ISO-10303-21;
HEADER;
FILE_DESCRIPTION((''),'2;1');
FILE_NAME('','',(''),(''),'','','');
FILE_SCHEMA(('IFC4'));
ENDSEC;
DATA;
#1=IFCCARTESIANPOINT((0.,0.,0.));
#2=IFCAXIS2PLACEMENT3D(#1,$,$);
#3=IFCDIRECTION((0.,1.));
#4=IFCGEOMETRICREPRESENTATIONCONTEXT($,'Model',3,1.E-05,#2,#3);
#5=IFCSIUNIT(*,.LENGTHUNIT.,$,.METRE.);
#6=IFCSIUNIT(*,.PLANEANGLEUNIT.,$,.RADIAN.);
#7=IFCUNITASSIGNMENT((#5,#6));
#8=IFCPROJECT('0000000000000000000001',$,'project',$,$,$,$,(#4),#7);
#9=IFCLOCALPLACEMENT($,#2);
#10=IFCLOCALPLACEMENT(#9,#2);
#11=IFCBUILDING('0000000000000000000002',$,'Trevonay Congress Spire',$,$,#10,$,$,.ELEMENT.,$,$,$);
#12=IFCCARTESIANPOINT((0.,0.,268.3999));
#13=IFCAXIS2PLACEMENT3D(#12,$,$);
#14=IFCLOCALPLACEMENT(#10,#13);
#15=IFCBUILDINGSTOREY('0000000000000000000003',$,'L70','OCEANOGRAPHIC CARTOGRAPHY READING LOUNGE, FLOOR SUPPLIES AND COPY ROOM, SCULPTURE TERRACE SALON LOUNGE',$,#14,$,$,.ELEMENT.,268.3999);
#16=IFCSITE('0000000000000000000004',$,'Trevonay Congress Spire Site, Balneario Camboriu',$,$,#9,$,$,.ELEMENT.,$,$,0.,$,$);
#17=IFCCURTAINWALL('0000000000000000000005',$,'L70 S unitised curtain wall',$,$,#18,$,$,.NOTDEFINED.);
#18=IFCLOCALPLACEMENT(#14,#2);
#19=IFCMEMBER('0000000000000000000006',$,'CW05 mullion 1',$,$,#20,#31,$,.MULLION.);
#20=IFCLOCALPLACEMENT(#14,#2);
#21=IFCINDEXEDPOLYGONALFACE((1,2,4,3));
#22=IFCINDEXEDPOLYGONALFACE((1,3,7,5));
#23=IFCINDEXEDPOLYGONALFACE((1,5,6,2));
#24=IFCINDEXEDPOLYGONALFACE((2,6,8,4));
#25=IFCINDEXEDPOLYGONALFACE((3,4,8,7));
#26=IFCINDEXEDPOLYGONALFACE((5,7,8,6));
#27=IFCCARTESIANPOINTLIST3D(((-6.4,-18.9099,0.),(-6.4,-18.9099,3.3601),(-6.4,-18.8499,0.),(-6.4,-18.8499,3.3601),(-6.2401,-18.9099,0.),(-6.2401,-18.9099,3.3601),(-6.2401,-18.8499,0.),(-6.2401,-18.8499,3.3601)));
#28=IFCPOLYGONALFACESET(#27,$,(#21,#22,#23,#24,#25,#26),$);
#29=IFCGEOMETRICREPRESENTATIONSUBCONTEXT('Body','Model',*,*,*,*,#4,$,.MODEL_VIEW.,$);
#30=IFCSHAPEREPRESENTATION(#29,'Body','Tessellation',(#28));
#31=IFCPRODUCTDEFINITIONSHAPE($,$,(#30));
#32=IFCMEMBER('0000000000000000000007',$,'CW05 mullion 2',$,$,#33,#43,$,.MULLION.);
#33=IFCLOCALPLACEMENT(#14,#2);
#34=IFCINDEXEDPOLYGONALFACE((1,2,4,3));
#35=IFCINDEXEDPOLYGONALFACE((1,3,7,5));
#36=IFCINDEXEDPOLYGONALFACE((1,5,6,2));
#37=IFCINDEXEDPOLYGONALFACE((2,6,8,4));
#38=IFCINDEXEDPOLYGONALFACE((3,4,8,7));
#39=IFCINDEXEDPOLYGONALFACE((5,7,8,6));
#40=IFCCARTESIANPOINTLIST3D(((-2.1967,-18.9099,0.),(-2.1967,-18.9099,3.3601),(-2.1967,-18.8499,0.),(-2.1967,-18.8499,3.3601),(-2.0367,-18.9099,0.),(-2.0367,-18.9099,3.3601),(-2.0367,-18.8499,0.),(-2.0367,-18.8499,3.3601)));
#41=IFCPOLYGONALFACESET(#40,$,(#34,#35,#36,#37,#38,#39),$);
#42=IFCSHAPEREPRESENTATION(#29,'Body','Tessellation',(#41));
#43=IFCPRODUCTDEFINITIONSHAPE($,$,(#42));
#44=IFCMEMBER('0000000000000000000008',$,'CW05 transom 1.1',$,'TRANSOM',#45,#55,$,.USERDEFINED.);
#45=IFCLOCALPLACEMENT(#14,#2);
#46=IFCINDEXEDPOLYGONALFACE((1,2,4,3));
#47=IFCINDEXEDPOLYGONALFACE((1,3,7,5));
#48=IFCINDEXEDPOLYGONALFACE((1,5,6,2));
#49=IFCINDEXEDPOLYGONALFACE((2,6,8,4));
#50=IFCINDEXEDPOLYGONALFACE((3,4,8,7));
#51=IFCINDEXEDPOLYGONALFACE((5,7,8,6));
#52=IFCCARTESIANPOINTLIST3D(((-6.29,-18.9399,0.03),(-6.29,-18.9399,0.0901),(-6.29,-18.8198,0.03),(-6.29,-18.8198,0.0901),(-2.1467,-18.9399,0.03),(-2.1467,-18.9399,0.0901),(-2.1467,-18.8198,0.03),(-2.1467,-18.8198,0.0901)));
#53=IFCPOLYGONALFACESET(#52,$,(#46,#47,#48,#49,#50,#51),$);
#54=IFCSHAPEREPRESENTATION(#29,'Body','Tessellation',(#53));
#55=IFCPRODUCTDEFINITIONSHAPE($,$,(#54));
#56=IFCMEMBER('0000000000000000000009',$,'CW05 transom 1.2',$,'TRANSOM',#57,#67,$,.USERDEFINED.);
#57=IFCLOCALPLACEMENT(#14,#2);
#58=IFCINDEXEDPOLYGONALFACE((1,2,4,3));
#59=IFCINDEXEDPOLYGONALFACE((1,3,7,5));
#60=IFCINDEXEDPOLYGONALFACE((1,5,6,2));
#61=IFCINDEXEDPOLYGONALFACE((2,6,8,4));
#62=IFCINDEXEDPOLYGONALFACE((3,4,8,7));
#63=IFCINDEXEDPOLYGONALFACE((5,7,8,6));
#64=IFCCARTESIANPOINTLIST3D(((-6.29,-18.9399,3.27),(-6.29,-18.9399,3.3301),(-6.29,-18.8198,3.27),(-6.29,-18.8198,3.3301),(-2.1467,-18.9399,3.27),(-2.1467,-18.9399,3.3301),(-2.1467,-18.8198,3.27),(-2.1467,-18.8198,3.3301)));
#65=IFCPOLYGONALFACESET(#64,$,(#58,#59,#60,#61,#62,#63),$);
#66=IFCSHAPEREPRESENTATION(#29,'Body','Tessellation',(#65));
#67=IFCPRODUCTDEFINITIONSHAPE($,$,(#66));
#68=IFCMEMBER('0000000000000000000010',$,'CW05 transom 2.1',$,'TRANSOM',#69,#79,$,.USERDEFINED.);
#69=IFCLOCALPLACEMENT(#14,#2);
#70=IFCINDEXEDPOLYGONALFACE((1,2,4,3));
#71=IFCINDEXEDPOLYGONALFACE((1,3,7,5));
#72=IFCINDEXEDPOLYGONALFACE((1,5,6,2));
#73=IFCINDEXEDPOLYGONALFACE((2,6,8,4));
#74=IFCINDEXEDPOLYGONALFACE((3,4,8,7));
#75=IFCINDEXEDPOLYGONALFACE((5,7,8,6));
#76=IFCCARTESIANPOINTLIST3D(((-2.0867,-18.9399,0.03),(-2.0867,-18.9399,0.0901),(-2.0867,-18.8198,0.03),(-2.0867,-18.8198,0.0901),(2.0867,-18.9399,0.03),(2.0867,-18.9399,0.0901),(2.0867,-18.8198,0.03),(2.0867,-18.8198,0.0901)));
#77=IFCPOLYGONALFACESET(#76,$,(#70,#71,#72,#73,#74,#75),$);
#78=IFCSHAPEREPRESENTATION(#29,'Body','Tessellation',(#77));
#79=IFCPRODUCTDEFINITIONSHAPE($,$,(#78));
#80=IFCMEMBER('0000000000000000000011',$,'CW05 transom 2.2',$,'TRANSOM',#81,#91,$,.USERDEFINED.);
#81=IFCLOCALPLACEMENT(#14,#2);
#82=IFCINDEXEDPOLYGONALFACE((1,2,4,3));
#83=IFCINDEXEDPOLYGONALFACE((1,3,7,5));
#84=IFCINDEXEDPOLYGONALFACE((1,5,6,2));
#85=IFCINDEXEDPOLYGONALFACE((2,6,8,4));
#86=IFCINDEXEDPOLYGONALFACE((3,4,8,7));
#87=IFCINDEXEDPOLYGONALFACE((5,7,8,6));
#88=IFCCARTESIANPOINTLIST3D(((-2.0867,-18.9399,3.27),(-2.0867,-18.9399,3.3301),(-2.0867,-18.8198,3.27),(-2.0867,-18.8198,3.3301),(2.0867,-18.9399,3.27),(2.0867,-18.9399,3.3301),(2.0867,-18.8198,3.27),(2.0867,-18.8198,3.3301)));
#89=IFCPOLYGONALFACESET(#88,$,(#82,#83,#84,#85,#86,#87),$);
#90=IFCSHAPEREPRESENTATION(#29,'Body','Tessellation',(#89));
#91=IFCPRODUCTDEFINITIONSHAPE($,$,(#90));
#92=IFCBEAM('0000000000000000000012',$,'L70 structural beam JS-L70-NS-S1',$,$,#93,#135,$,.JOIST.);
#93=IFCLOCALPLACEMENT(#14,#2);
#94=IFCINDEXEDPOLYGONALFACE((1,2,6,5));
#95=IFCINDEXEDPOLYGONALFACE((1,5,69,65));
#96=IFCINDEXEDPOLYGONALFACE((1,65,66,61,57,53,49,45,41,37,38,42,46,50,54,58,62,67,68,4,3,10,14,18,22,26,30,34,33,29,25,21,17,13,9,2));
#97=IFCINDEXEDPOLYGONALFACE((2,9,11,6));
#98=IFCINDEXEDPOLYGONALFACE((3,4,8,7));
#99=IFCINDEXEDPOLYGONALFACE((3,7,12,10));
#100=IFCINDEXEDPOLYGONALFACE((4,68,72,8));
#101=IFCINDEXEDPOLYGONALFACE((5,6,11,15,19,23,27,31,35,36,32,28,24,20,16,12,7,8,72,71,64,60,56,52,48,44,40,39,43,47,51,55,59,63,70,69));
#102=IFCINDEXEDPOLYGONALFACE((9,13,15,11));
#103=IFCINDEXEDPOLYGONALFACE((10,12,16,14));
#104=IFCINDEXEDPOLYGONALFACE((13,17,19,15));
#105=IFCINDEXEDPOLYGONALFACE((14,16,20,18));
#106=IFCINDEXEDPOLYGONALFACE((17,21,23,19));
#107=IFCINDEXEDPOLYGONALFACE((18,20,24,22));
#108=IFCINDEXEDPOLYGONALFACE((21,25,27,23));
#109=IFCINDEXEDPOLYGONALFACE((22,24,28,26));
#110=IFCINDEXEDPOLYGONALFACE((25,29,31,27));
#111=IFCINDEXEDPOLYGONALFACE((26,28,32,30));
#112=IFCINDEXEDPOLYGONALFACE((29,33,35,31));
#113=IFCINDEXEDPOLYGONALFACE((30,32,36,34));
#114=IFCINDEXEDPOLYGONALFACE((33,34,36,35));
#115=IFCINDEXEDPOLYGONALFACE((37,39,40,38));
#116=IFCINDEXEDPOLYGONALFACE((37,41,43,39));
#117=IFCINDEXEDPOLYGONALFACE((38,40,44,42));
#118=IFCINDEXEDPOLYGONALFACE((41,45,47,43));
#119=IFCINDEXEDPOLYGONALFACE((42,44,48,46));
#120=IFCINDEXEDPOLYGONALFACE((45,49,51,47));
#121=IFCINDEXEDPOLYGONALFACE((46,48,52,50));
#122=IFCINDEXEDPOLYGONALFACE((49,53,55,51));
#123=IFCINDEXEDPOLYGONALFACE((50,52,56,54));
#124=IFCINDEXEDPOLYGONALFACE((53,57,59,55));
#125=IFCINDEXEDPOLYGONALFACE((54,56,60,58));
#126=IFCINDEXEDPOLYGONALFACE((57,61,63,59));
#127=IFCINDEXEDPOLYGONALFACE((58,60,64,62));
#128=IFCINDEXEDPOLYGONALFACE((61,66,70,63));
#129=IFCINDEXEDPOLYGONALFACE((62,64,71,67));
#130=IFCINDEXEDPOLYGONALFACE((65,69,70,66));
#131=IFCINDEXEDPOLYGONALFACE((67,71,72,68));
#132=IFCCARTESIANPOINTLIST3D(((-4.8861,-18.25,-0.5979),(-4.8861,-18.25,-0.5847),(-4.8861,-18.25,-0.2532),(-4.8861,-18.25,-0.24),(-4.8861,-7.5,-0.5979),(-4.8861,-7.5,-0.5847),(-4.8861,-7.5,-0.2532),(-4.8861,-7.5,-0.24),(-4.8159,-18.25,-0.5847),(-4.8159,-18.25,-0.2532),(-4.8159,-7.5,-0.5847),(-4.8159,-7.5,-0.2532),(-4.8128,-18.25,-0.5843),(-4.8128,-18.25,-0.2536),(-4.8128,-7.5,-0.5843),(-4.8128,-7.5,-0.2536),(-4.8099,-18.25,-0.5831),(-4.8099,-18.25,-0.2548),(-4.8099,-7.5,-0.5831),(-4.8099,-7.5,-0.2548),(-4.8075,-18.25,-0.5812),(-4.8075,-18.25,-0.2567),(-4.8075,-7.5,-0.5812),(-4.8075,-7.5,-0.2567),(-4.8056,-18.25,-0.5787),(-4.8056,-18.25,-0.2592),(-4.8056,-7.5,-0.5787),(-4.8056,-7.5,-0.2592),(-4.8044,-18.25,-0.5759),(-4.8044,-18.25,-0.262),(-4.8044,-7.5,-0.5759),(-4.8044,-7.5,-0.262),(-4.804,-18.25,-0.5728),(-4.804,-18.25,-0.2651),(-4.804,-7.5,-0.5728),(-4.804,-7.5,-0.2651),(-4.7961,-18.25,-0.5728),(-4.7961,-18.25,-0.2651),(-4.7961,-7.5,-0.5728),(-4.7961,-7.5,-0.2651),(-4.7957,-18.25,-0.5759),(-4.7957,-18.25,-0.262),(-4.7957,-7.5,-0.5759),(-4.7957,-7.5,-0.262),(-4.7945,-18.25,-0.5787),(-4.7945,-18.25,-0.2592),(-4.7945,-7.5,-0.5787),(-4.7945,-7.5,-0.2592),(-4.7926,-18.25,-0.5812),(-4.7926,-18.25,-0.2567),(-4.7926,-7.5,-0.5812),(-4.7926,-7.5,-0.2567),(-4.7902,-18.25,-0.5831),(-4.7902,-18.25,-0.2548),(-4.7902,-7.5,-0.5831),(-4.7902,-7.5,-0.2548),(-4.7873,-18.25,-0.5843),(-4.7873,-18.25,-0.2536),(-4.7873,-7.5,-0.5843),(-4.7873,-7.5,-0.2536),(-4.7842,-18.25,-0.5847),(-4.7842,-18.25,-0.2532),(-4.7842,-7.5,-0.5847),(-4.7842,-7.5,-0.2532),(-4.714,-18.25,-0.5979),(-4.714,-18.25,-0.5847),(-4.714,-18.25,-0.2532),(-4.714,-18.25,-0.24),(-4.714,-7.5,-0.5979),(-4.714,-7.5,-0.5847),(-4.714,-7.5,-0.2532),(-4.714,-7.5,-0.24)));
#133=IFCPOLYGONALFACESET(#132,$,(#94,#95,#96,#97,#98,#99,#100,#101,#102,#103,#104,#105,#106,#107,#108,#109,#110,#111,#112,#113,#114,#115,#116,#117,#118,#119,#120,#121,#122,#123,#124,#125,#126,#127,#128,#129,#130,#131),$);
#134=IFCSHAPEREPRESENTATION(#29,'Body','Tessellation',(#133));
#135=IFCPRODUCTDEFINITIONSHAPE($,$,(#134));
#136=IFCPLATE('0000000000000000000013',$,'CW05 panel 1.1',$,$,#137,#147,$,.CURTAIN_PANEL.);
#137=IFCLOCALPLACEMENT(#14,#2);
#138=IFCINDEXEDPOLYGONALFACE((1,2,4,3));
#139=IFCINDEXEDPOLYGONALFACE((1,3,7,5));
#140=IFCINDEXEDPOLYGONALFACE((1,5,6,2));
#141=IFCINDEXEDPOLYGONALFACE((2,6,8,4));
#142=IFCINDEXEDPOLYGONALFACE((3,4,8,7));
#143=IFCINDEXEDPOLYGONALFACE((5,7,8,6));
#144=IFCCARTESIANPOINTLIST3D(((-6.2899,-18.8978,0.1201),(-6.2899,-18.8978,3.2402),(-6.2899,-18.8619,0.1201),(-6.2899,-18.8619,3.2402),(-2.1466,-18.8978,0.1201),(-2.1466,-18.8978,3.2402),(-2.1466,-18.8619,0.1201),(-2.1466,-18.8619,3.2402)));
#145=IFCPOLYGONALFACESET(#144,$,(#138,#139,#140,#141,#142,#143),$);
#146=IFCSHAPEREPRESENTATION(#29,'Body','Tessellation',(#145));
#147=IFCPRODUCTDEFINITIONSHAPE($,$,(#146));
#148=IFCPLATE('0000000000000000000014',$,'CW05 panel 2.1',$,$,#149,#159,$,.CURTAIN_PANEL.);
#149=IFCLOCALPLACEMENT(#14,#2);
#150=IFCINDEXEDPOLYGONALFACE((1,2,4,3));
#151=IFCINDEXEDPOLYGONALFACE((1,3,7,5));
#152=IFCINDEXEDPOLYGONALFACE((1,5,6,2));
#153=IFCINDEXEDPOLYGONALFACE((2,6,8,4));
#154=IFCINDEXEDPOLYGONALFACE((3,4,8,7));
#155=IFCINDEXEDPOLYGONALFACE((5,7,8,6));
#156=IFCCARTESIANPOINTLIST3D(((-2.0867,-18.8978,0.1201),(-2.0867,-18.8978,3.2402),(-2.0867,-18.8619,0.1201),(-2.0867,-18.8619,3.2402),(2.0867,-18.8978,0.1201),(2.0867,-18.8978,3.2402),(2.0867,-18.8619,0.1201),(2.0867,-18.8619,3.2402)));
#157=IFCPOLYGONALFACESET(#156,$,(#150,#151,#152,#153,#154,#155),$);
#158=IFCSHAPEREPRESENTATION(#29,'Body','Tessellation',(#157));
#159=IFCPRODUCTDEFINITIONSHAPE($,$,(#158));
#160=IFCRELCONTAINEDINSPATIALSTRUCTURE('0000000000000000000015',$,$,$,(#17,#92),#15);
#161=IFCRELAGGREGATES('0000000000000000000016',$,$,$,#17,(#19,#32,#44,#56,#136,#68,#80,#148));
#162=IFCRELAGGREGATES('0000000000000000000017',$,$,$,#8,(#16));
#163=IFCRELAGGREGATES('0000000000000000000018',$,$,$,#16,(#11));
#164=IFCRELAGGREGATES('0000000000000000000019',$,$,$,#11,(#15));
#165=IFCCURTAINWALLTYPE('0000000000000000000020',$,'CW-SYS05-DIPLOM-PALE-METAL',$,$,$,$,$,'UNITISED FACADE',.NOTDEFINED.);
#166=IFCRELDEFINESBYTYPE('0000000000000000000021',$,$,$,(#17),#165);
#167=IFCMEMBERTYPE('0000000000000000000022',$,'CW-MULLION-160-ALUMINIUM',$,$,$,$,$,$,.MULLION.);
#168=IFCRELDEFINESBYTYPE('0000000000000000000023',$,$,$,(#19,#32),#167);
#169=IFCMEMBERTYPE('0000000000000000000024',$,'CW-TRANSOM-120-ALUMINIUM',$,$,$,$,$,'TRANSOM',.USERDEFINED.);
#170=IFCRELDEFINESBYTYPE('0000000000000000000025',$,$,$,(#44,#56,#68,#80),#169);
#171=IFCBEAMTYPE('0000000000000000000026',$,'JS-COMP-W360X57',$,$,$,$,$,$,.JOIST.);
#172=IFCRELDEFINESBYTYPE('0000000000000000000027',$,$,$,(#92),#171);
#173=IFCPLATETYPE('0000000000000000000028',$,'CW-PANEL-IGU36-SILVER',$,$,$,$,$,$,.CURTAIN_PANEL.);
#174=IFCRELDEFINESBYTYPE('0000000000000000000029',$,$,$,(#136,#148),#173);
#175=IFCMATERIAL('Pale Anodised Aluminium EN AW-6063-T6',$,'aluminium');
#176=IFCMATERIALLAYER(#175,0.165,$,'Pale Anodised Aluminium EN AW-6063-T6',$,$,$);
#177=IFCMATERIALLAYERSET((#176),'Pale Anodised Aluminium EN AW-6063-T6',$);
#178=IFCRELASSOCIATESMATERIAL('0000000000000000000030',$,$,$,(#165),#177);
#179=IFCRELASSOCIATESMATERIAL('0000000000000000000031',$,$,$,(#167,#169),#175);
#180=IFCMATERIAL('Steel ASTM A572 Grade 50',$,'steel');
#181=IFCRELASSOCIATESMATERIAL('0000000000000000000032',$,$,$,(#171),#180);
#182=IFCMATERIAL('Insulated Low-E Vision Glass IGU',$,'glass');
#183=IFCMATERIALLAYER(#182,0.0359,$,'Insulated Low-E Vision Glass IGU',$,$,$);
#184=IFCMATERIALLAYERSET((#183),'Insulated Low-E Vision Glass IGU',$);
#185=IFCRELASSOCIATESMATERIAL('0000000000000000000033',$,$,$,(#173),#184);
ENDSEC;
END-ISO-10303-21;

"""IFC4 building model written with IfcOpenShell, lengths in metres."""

from ifc_helpers import new_model, si_unit, direction, frame, origin, origin_2d, place, context, subcontext, project, spatial, rectangle, i_section, extrude, material, layer, layer_set, material_profile, profile_set, type_object, element, aggregate, save


model = new_model("IFC4")

# Units and contexts
model_context = context("Model", 3, precision=1e-05, world=origin(), true_north=direction((0.0, 1.0)))
body_context = subcontext(model_context, "Body", "Model", "MODEL_VIEW")
ifc_project = project(units=[si_unit("LENGTHUNIT", "METRE"), si_unit("PLANEANGLEUNIT", "RADIAN")], contexts=[model_context])

# Site, building, storey
site_placement = place(None, origin())
site = spatial("IfcSite", under=ifc_project, at=site_placement, Name="Trevonay Congress Spire Site, Balneario Camboriu", CompositionType="ELEMENT", RefElevation=0.0)
building_placement = place(site_placement, origin())
building = spatial("IfcBuilding", under=site, at=building_placement, Name="Trevonay Congress Spire", CompositionType="ELEMENT")
storey_placement = place(building_placement, frame((0.0, 0.0, 268.3999)))
storey = spatial("IfcBuildingStorey", under=building, at=storey_placement, Name="L70", Description="OCEANOGRAPHIC CARTOGRAPHY READING LOUNGE, FLOOR SUPPLIES AND COPY ROOM, SCULPTURE TERRACE SALON LOUNGE", CompositionType="ELEMENT", Elevation=268.3999)

# Shared definitions
ifc_material_1 = material(Name="Steel ASTM A572 Grade 50", Category="steel")

# Curtain wall, members
ifc_material_2 = material(Name="Pale Anodised Aluminium EN AW-6063-T6", Category="aluminium")
ifc_layer_1 = layer(ifc_material_2, 0.165, Name="Pale Anodised Aluminium EN AW-6063-T6")
ifc_layer_set_1 = layer_set([ifc_layer_1], Name="Pale Anodised Aluminium EN AW-6063-T6")
curtain_wall_type = type_object("IfcCurtainWallType", Name="CW-SYS05-DIPLOM-PALE-METAL", ElementType="UNITISED FACADE", PredefinedType="NOTDEFINED", material=ifc_layer_set_1)
curtain_wall_placement = place(storey_placement, origin())
curtain_wall = element("IfcCurtainWall", 1, at=curtain_wall_placement, inside=storey, type_object=curtain_wall_type, Name="L70 S unitised curtain wall", PredefinedType="NOTDEFINED")
ifc_material_profile_1 = material_profile(ifc_material_2, rectangle(XDim=0.0601, YDim=0.1599, at=origin_2d()), Name="CW-MULLION-160-ALUMINIUM")
ifc_profile_set_1 = profile_set([ifc_material_profile_1], Name="Pale Anodised Aluminium EN AW-6063-T6")
member_type_1 = type_object("IfcMemberType", Name="CW-MULLION-160-ALUMINIUM", PredefinedType="MULLION", material=ifc_profile_set_1)
member_1_placement = place(storey_placement, frame((-6.3201, -18.8799, 0.0), z_axis=(0.0, 0.0, 1.0), x_axis=(0.0, 1.0, 0.0)))
member_1 = element("IfcMember", 2, at=member_1_placement, type_object=member_type_1, Name="CW05 mullion 1", PredefinedType="MULLION", context=body_context, shape_type="SweptSolid", body=[
    extrude(rectangle(XDim=0.0601, YDim=0.1599, at=origin_2d()), origin(), (0.0, 0.0, 1.0), 3.3601),
])
member_2_placement = place(storey_placement, frame((-2.1167, -18.8799, 0.0), z_axis=(0.0, 0.0, 1.0), x_axis=(0.0, 1.0, 0.0)))
member_2 = element("IfcMember", 3, at=member_2_placement, type_object=member_type_1, Name="CW05 mullion 2", PredefinedType="MULLION", context=body_context, shape_type="SweptSolid", body=[
    extrude(rectangle(XDim=0.0601, YDim=0.1599, at=origin_2d()), origin(), (0.0, 0.0, 1.0), 3.3601),
])
ifc_material_profile_2 = material_profile(ifc_material_2, rectangle(XDim=0.1201, YDim=0.0601, at=origin_2d()), Name="CW-TRANSOM-120-ALUMINIUM")
ifc_profile_set_2 = profile_set([ifc_material_profile_2], Name="Pale Anodised Aluminium EN AW-6063-T6")
member_type_2 = type_object("IfcMemberType", Name="CW-TRANSOM-120-ALUMINIUM", ElementType="TRANSOM", PredefinedType="USERDEFINED", material=ifc_profile_set_2)
member_3_placement = place(storey_placement, frame((-6.29, -18.8799, 0.0601), z_axis=(1.0, 0.0, 0.0), x_axis=(0.0, 1.0, 0.0)))
member_3 = element("IfcMember", 4, at=member_3_placement, type_object=member_type_2, Name="CW05 transom 1.1", ObjectType="TRANSOM", PredefinedType="USERDEFINED", context=body_context, shape_type="SweptSolid", body=[
    extrude(rectangle(XDim=0.1201, YDim=0.0601, at=origin_2d()), origin(), (0.0, 0.0, 1.0), 4.1433),
])
member_4_placement = place(storey_placement, frame((-6.29, -18.8799, 3.3), z_axis=(1.0, 0.0, 0.0), x_axis=(0.0, 1.0, 0.0)))
member_4 = element("IfcMember", 5, at=member_4_placement, type_object=member_type_2, Name="CW05 transom 1.2", ObjectType="TRANSOM", PredefinedType="USERDEFINED", context=body_context, shape_type="SweptSolid", body=[
    extrude(rectangle(XDim=0.1201, YDim=0.0601, at=origin_2d()), origin(), (0.0, 0.0, 1.0), 4.1433),
])
member_5_placement = place(storey_placement, frame((-2.0867, -18.8799, 0.0601), z_axis=(1.0, 0.0, 0.0), x_axis=(0.0, 1.0, 0.0)))
member_5 = element("IfcMember", 6, at=member_5_placement, type_object=member_type_2, Name="CW05 transom 2.1", ObjectType="TRANSOM", PredefinedType="USERDEFINED", context=body_context, shape_type="SweptSolid", body=[
    extrude(rectangle(XDim=0.1201, YDim=0.0601, at=origin_2d()), origin(), (0.0, 0.0, 1.0), 4.1733),
])
member_6_placement = place(storey_placement, frame((-2.0867, -18.8799, 3.3), z_axis=(1.0, 0.0, 0.0), x_axis=(0.0, 1.0, 0.0)))
member_6 = element("IfcMember", 7, at=member_6_placement, type_object=member_type_2, Name="CW05 transom 2.2", ObjectType="TRANSOM", PredefinedType="USERDEFINED", context=body_context, shape_type="SweptSolid", body=[
    extrude(rectangle(XDim=0.1201, YDim=0.0601, at=origin_2d()), origin(), (0.0, 0.0, 1.0), 4.1733),
])

# Beam
ifc_material_profile_3 = material_profile(ifc_material_1, i_section(OverallWidth=0.1721, OverallDepth=0.3579, WebThickness=0.0078, FlangeThickness=0.0132, FilletRadius=0.012, at=origin_2d()), Name="W360x57.8")
ifc_profile_set_3 = profile_set([ifc_material_profile_3], Name="Steel ASTM A572 Grade 50")
beam_type_1 = type_object("IfcBeamType", Name="JS-COMP-W360X57", PredefinedType="JOIST", material=ifc_profile_set_3)
beam_1_placement = place(storey_placement, frame((-4.8, -18.25, -0.4189), z_axis=(0.0, 1.0, 0.0), x_axis=(-1.0, 0.0, 0.0)))
element("IfcBeam", 8, at=beam_1_placement, inside=storey, type_object=beam_type_1, Name="L70 structural beam JS-L70-NS-S1", PredefinedType="JOIST", context=body_context, shape_type="SweptSolid", body=[
    extrude(i_section(OverallWidth=0.1721, OverallDepth=0.3579, WebThickness=0.0078, FlangeThickness=0.0132, FilletRadius=0.012, at=origin_2d()), origin(), (0.0, 0.0, 1.0), 10.75),
])

# Plates
ifc_material_3 = material(Name="Insulated Low-E Vision Glass IGU", Category="glass")
ifc_layer_2 = layer(ifc_material_3, 0.0359, Name="Insulated Low-E Vision Glass IGU")
ifc_layer_set_2 = layer_set([ifc_layer_2], Name="Insulated Low-E Vision Glass IGU")
plate_type = type_object("IfcPlateType", Name="CW-PANEL-IGU36-SILVER", PredefinedType="CURTAIN_PANEL", material=ifc_layer_set_2)
plate_1_placement = place(storey_placement, frame((-4.2183, -18.8799, 0.1201), z_axis=(0.0, 0.0, 1.0), x_axis=(1.0, 0.0, 0.0)))
plate_1 = element("IfcPlate", 9, at=plate_1_placement, type_object=plate_type, Name="CW05 panel 1.1", PredefinedType="CURTAIN_PANEL", context=body_context, shape_type="SweptSolid", body=[
    extrude(rectangle(XDim=4.1433, YDim=0.0359, at=origin_2d()), origin(), (0.0, 0.0, 1.0), 3.1201),
])
plate_2_placement = place(storey_placement, frame((0.0, -18.8799, 0.1201), z_axis=(0.0, 0.0, 1.0), x_axis=(1.0, 0.0, 0.0)))
plate_2 = element("IfcPlate", 10, at=plate_2_placement, type_object=plate_type, Name="CW05 panel 2.1", PredefinedType="CURTAIN_PANEL", context=body_context, shape_type="SweptSolid", body=[
    extrude(rectangle(XDim=4.1733, YDim=0.0359, at=origin_2d()), origin(), (0.0, 0.0, 1.0), 3.1201),
])
aggregate(curtain_wall, [member_1, member_2, member_3, member_4, plate_1, member_5, member_6, plate_2])

save(model, "model.ifc")
